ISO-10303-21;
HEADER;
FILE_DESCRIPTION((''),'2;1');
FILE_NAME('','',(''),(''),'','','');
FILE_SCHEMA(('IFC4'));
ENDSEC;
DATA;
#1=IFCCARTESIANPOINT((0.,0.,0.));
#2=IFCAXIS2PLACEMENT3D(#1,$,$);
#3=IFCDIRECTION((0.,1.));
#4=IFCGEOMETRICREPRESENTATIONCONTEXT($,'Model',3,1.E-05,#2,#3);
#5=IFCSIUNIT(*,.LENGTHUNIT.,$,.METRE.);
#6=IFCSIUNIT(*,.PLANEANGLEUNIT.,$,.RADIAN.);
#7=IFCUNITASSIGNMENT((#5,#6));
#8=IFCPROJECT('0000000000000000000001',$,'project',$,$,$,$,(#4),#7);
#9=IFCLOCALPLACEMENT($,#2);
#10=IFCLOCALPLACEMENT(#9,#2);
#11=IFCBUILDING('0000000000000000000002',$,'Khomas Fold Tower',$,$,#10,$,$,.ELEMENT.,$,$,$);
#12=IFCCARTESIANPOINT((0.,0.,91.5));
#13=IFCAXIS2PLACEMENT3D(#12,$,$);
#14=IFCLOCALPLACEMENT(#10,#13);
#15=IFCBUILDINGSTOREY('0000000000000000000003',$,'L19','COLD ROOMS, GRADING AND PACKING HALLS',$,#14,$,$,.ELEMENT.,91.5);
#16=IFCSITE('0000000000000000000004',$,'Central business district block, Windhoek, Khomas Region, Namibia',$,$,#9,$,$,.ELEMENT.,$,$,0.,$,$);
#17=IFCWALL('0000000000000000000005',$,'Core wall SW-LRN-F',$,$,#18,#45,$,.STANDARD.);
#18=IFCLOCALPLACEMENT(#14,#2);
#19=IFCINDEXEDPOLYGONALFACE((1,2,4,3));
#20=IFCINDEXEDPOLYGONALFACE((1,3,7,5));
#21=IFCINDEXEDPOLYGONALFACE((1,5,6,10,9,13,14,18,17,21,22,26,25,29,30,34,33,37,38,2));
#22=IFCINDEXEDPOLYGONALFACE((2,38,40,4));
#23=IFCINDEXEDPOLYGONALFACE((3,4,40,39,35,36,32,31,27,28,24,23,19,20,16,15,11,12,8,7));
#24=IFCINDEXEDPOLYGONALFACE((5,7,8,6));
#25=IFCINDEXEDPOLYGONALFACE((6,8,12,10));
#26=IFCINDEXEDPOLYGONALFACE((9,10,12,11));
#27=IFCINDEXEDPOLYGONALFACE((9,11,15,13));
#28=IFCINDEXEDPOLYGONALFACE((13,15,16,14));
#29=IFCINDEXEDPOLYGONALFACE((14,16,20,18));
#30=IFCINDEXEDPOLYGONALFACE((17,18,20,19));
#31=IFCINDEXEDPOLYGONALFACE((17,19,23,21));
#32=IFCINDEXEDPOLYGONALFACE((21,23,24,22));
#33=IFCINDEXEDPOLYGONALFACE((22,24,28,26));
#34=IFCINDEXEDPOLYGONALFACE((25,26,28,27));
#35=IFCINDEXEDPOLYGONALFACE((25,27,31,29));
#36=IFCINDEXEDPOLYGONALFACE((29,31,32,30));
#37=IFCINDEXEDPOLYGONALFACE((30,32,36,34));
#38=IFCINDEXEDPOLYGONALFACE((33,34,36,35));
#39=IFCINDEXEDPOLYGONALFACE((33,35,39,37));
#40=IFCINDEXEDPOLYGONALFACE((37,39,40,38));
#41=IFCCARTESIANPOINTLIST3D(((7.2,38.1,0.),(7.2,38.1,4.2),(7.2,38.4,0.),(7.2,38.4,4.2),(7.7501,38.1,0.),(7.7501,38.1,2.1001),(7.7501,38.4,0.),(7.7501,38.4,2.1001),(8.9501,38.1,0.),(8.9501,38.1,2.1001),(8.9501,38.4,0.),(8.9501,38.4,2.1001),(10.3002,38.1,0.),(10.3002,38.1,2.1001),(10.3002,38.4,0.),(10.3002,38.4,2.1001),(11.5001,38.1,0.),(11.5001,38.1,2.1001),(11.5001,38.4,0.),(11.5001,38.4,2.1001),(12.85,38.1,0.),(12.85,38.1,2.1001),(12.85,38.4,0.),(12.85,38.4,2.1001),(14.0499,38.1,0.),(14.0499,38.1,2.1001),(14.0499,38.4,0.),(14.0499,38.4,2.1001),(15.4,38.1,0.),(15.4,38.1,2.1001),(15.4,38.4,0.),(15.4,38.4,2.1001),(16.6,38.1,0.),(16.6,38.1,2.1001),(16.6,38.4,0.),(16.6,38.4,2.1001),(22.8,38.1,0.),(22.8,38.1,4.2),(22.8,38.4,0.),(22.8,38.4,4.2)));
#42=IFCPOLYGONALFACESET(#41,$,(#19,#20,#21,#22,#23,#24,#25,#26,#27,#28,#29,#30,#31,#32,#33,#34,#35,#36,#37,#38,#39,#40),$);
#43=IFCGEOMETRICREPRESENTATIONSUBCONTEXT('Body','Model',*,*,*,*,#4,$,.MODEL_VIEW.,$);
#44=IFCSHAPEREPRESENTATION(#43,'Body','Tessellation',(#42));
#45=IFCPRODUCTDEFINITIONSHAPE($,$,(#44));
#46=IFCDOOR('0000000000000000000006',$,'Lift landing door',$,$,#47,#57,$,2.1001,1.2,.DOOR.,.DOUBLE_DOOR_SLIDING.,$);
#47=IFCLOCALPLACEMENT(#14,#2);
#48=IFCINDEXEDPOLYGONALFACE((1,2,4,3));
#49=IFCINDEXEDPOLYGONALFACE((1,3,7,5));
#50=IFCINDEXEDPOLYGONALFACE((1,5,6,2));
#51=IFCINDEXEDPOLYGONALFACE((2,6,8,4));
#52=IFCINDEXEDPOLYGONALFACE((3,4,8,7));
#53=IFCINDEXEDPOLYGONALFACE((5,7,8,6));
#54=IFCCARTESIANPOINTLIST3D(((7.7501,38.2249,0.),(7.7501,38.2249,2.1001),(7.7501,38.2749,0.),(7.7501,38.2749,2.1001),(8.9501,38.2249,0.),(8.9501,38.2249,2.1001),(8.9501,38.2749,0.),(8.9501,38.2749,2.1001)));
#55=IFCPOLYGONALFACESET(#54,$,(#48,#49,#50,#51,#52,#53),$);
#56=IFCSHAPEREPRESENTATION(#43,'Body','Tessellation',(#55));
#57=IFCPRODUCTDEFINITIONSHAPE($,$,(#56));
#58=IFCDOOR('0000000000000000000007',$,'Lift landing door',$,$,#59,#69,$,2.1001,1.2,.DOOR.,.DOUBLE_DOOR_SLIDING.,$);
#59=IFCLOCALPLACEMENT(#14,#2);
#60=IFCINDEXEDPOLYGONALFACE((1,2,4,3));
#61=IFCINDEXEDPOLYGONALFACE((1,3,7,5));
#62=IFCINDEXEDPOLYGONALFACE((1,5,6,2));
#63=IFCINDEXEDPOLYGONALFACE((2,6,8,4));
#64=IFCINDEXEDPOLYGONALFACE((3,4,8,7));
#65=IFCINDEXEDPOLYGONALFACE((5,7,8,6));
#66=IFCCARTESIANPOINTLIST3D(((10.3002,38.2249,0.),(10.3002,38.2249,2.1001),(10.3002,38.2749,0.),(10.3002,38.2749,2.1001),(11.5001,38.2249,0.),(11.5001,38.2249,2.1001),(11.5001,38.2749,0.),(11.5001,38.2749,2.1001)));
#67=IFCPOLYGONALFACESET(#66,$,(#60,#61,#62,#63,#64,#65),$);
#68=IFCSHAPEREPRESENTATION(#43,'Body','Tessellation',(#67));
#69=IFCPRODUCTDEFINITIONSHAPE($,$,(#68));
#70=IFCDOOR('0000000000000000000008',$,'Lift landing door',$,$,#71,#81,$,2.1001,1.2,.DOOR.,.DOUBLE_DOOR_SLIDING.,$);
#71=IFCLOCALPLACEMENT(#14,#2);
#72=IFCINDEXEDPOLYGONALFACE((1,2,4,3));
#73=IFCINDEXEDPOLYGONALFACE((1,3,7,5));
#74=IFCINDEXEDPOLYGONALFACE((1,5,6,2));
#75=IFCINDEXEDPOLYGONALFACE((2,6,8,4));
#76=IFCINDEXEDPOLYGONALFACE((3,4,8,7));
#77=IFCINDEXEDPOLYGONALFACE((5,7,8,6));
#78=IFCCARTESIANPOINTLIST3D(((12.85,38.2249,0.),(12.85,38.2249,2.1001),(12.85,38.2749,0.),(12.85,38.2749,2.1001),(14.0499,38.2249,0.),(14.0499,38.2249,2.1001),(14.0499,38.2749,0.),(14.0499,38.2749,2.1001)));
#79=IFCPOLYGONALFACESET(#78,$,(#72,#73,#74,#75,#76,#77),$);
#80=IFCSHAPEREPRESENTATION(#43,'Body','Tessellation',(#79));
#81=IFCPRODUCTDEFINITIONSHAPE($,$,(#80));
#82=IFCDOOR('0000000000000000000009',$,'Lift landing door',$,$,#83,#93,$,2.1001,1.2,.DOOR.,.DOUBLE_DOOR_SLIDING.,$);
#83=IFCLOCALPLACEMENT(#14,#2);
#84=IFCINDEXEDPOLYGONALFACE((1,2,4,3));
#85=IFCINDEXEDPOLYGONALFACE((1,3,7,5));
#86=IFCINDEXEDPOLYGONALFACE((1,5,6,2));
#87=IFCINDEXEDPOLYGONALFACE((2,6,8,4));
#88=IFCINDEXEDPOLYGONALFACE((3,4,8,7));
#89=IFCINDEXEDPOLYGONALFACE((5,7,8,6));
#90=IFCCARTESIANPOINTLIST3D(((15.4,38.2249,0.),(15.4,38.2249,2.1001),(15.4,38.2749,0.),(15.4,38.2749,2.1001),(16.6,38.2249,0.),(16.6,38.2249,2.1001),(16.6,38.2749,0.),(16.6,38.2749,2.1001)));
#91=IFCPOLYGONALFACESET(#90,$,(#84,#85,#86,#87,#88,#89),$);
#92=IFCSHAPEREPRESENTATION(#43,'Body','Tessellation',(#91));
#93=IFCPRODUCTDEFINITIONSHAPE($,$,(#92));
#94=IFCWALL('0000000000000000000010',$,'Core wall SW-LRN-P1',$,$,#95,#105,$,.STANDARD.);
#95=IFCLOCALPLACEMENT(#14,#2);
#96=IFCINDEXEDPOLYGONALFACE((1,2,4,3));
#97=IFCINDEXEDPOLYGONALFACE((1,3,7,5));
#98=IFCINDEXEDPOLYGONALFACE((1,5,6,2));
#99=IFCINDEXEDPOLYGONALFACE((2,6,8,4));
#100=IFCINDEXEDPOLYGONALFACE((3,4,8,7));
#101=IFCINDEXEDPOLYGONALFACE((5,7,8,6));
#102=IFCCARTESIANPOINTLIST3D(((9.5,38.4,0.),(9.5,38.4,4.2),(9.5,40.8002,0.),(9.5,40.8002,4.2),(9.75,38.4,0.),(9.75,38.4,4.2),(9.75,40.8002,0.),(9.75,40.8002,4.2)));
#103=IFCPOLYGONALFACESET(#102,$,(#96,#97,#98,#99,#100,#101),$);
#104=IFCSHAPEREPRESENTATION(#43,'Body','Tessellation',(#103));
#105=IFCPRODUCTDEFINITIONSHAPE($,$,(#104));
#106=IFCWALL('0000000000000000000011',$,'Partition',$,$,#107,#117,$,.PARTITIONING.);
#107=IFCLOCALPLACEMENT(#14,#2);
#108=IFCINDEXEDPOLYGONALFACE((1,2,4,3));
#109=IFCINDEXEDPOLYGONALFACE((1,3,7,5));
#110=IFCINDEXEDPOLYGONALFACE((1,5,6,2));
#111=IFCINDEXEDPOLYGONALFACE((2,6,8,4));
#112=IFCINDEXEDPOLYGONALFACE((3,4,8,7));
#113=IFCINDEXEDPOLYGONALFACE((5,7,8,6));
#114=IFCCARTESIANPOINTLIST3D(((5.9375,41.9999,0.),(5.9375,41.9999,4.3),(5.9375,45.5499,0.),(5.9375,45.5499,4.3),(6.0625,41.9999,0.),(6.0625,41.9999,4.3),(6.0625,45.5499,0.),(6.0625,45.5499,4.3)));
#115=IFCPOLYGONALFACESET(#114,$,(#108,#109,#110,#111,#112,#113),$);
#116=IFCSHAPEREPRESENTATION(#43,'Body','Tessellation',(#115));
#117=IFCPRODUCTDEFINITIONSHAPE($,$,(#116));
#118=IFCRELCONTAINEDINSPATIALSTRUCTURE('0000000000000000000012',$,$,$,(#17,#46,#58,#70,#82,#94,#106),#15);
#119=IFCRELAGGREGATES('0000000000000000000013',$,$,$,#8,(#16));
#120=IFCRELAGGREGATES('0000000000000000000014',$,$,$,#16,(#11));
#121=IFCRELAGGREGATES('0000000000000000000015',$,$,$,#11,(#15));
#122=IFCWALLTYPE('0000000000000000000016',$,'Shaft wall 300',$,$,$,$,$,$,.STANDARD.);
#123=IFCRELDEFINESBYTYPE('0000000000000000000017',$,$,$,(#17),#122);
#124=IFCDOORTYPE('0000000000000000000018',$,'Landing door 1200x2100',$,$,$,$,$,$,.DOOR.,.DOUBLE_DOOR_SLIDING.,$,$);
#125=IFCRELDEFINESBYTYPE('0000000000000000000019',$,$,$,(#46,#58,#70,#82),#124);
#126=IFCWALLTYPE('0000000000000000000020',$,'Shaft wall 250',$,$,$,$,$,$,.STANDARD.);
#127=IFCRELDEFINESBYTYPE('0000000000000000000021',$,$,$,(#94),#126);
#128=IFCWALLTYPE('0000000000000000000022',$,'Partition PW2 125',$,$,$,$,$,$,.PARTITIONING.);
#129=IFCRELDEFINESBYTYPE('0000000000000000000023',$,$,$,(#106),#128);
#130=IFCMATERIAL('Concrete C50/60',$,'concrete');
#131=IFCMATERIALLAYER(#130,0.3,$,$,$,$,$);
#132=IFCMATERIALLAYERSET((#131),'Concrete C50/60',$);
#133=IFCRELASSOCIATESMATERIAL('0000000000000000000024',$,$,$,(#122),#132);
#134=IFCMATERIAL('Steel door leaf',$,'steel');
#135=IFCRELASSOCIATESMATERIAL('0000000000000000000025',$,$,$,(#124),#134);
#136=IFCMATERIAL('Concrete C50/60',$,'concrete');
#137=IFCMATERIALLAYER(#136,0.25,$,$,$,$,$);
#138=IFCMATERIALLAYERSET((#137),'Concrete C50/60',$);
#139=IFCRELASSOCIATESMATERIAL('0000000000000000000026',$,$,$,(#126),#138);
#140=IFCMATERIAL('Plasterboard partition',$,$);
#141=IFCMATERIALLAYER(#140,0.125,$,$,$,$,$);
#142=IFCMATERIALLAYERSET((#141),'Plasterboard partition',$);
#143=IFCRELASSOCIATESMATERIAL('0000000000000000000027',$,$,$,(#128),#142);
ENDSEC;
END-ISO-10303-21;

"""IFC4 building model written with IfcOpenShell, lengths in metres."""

from ifc_helpers import new_model, si_unit, direction, frame, frame_2d, origin, place, context, subcontext, project, spatial, rectangle, extrude, source, transform, mapped, material, layer, layer_set, type_object, element, fill, save


model = new_model("IFC4")

# Units and contexts
model_context = context("Model", 3, precision=1e-05, world=origin(), true_north=direction((0.0, 1.0)))
body_context = subcontext(model_context, "Body", "Model", "MODEL_VIEW")
ifc_project = project(units=[si_unit("LENGTHUNIT", "METRE"), si_unit("PLANEANGLEUNIT", "RADIAN")], contexts=[model_context])

# Site, building, storey
site_placement = place(None, origin())
site = spatial("IfcSite", under=ifc_project, at=site_placement, Name="Central business district block, Windhoek, Khomas Region, Namibia", CompositionType="ELEMENT", RefElevation=0.0)
building_placement = place(site_placement, origin())
building = spatial("IfcBuilding", under=site, at=building_placement, Name="Khomas Fold Tower", CompositionType="ELEMENT")
storey_placement = place(building_placement, frame((0.0, 0.0, 91.5)))
storey = spatial("IfcBuildingStorey", under=building, at=storey_placement, Name="L19", Description="COLD ROOMS, GRADING AND PACKING HALLS", CompositionType="ELEMENT", Elevation=91.5)

# Wall, openings, doors
ifc_material_1 = material(Name="Concrete C50/60", Category="concrete")
ifc_layer_1 = layer(ifc_material_1, 0.3)
ifc_layer_set_1 = layer_set([ifc_layer_1], Name="Concrete C50/60")
wall_type_1 = type_object("IfcWallType", Name="Shaft wall 300", PredefinedType="STANDARD", material=ifc_layer_set_1)
shared_shape_1 = source(origin(), body_context, "Body", "SweptSolid", [
    extrude(rectangle(XDim=15.6001, YDim=0.3, at=frame_2d((7.8, 0.0))), origin(), (0.0, 0.0, 1.0), 4.2),
])
wall_1_placement = place(storey_placement, frame((7.2, 38.25, 0.0), z_axis=(0.0, 0.0, 1.0), x_axis=(1.0, 0.0, 0.0)))
wall_1 = element("IfcWall", 1, at=wall_1_placement, inside=storey, type_object=wall_type_1, Name="Core wall SW-LRN-F", PredefinedType="STANDARD", context=body_context, shape_type="MappedRepresentation", body=[
    mapped(shared_shape_1, transform((0.0, 0.0, 0.0))),
])
shared_shape_2 = source(origin(), body_context, "Body", "SweptSolid", [
    extrude(rectangle(XDim=1.2, YDim=2.1001, at=frame_2d((0.6001, 1.05))), frame((0.0, 0.1599, 0.0), z_axis=(0.0, -1.0, 0.0), x_axis=(1.0, 0.0, 0.0)), (0.0, 0.0, 1.0), 0.3201),
])
opening_1_placement = place(wall_1_placement, frame((0.55, 0.0, 0.0)))
opening_1 = element("IfcOpeningElement", 2, at=opening_1_placement, cuts=wall_1, PredefinedType="OPENING", context=body_context, shape_type="MappedRepresentation", body=[
    mapped(shared_shape_2, transform((0.0, 0.0, 0.0))),
])
opening_2_placement = place(wall_1_placement, frame((3.1001, 0.0, 0.0)))
opening_2 = element("IfcOpeningElement", 3, at=opening_2_placement, cuts=wall_1, PredefinedType="OPENING", context=body_context, shape_type="MappedRepresentation", body=[
    mapped(shared_shape_2, transform((0.0, 0.0, 0.0))),
])
opening_3_placement = place(wall_1_placement, frame((5.6499, 0.0, 0.0)))
opening_3 = element("IfcOpeningElement", 4, at=opening_3_placement, cuts=wall_1, PredefinedType="OPENING", context=body_context, shape_type="MappedRepresentation", body=[
    mapped(shared_shape_2, transform((0.0, 0.0, 0.0))),
])
opening_4_placement = place(wall_1_placement, frame((8.2, 0.0, 0.0)))
opening_4 = element("IfcOpeningElement", 5, at=opening_4_placement, cuts=wall_1, PredefinedType="OPENING", context=body_context, shape_type="MappedRepresentation", body=[
    mapped(shared_shape_2, transform((0.0, 0.0, 0.0))),
])
ifc_material_2 = material(Name="Steel door leaf", Category="steel")
door_type = type_object("IfcDoorType", Name="Landing door 1200x2100", OperationType="DOUBLE_DOOR_SLIDING", PredefinedType="DOOR", material=ifc_material_2)
shared_shape_3 = source(origin(), body_context, "Body", "SweptSolid", [
    extrude(rectangle(XDim=1.2, YDim=2.1001, at=frame_2d((0.6001, 1.05))), frame((0.0, 0.0249, 0.0), z_axis=(0.0, -1.0, 0.0), x_axis=(1.0, 0.0, 0.0)), (0.0, 0.0, 1.0), 0.05),
])
door_1_placement = place(opening_1_placement, origin())
door_1 = element("IfcDoor", 6, at=door_1_placement, inside=storey, type_object=door_type, Name="Lift landing door", OperationType="DOUBLE_DOOR_SLIDING", OverallHeight=2.1001, OverallWidth=1.2, PredefinedType="DOOR", context=body_context, shape_type="MappedRepresentation", body=[
    mapped(shared_shape_3, transform((0.0, 0.0, 0.0))),
])
fill(opening_1, door_1)
door_2_placement = place(opening_2_placement, origin())
door_2 = element("IfcDoor", 7, at=door_2_placement, inside=storey, type_object=door_type, Name="Lift landing door", OperationType="DOUBLE_DOOR_SLIDING", OverallHeight=2.1001, OverallWidth=1.2, PredefinedType="DOOR", context=body_context, shape_type="MappedRepresentation", body=[
    mapped(shared_shape_3, transform((0.0, 0.0, 0.0))),
])
fill(opening_2, door_2)
door_3_placement = place(opening_3_placement, origin())
door_3 = element("IfcDoor", 8, at=door_3_placement, inside=storey, type_object=door_type, Name="Lift landing door", OperationType="DOUBLE_DOOR_SLIDING", OverallHeight=2.1001, OverallWidth=1.2, PredefinedType="DOOR", context=body_context, shape_type="MappedRepresentation", body=[
    mapped(shared_shape_3, transform((0.0, 0.0, 0.0))),
])
fill(opening_3, door_3)
door_4_placement = place(opening_4_placement, origin())
door_4 = element("IfcDoor", 9, at=door_4_placement, inside=storey, type_object=door_type, Name="Lift landing door", OperationType="DOUBLE_DOOR_SLIDING", OverallHeight=2.1001, OverallWidth=1.2, PredefinedType="DOOR", context=body_context, shape_type="MappedRepresentation", body=[
    mapped(shared_shape_3, transform((0.0, 0.0, 0.0))),
])
fill(opening_4, door_4)

# Walls
ifc_material_3 = material(Name="Concrete C50/60", Category="concrete")
ifc_layer_2 = layer(ifc_material_3, 0.25)
ifc_layer_set_2 = layer_set([ifc_layer_2], Name="Concrete C50/60")
wall_type_2 = type_object("IfcWallType", Name="Shaft wall 250", PredefinedType="STANDARD", material=ifc_layer_set_2)
shared_shape_4 = source(origin(), body_context, "Body", "SweptSolid", [
    extrude(rectangle(XDim=2.4001, YDim=0.25, at=frame_2d((1.2002, 0.0))), origin(), (0.0, 0.0, 1.0), 4.2),
])
wall_2_placement = place(storey_placement, frame((9.625, 38.3999, 0.0), z_axis=(0.0, 0.0, 1.0), x_axis=(0.0, 1.0, 0.0)))
element("IfcWall", 10, at=wall_2_placement, inside=storey, type_object=wall_type_2, Name="Core wall SW-LRN-P1", PredefinedType="STANDARD", context=body_context, shape_type="MappedRepresentation", body=[
    mapped(shared_shape_4, transform((0.0, 0.0, 0.0))),
])
ifc_material_4 = material(Name="Plasterboard partition")
ifc_layer_3 = layer(ifc_material_4, 0.125)
ifc_layer_set_3 = layer_set([ifc_layer_3], Name="Plasterboard partition")
wall_type_3 = type_object("IfcWallType", Name="Partition PW2 125", PredefinedType="PARTITIONING", material=ifc_layer_set_3)
shared_shape_5 = source(origin(), body_context, "Body", "SweptSolid", [
    extrude(rectangle(XDim=3.55, YDim=0.125, at=frame_2d((1.7749, 0.0))), origin(), (0.0, 0.0, 1.0), 4.3),
])
wall_3_placement = place(storey_placement, frame((6.0, 42.0, 0.0), z_axis=(0.0, 0.0, 1.0), x_axis=(0.0, 1.0, 0.0)))
element("IfcWall", 11, at=wall_3_placement, inside=storey, type_object=wall_type_3, Name="Partition", PredefinedType="PARTITIONING", context=body_context, shape_type="MappedRepresentation", body=[
    mapped(shared_shape_5, transform((0.0, 0.0, 0.0))),
])

save(model, "model.ifc")
